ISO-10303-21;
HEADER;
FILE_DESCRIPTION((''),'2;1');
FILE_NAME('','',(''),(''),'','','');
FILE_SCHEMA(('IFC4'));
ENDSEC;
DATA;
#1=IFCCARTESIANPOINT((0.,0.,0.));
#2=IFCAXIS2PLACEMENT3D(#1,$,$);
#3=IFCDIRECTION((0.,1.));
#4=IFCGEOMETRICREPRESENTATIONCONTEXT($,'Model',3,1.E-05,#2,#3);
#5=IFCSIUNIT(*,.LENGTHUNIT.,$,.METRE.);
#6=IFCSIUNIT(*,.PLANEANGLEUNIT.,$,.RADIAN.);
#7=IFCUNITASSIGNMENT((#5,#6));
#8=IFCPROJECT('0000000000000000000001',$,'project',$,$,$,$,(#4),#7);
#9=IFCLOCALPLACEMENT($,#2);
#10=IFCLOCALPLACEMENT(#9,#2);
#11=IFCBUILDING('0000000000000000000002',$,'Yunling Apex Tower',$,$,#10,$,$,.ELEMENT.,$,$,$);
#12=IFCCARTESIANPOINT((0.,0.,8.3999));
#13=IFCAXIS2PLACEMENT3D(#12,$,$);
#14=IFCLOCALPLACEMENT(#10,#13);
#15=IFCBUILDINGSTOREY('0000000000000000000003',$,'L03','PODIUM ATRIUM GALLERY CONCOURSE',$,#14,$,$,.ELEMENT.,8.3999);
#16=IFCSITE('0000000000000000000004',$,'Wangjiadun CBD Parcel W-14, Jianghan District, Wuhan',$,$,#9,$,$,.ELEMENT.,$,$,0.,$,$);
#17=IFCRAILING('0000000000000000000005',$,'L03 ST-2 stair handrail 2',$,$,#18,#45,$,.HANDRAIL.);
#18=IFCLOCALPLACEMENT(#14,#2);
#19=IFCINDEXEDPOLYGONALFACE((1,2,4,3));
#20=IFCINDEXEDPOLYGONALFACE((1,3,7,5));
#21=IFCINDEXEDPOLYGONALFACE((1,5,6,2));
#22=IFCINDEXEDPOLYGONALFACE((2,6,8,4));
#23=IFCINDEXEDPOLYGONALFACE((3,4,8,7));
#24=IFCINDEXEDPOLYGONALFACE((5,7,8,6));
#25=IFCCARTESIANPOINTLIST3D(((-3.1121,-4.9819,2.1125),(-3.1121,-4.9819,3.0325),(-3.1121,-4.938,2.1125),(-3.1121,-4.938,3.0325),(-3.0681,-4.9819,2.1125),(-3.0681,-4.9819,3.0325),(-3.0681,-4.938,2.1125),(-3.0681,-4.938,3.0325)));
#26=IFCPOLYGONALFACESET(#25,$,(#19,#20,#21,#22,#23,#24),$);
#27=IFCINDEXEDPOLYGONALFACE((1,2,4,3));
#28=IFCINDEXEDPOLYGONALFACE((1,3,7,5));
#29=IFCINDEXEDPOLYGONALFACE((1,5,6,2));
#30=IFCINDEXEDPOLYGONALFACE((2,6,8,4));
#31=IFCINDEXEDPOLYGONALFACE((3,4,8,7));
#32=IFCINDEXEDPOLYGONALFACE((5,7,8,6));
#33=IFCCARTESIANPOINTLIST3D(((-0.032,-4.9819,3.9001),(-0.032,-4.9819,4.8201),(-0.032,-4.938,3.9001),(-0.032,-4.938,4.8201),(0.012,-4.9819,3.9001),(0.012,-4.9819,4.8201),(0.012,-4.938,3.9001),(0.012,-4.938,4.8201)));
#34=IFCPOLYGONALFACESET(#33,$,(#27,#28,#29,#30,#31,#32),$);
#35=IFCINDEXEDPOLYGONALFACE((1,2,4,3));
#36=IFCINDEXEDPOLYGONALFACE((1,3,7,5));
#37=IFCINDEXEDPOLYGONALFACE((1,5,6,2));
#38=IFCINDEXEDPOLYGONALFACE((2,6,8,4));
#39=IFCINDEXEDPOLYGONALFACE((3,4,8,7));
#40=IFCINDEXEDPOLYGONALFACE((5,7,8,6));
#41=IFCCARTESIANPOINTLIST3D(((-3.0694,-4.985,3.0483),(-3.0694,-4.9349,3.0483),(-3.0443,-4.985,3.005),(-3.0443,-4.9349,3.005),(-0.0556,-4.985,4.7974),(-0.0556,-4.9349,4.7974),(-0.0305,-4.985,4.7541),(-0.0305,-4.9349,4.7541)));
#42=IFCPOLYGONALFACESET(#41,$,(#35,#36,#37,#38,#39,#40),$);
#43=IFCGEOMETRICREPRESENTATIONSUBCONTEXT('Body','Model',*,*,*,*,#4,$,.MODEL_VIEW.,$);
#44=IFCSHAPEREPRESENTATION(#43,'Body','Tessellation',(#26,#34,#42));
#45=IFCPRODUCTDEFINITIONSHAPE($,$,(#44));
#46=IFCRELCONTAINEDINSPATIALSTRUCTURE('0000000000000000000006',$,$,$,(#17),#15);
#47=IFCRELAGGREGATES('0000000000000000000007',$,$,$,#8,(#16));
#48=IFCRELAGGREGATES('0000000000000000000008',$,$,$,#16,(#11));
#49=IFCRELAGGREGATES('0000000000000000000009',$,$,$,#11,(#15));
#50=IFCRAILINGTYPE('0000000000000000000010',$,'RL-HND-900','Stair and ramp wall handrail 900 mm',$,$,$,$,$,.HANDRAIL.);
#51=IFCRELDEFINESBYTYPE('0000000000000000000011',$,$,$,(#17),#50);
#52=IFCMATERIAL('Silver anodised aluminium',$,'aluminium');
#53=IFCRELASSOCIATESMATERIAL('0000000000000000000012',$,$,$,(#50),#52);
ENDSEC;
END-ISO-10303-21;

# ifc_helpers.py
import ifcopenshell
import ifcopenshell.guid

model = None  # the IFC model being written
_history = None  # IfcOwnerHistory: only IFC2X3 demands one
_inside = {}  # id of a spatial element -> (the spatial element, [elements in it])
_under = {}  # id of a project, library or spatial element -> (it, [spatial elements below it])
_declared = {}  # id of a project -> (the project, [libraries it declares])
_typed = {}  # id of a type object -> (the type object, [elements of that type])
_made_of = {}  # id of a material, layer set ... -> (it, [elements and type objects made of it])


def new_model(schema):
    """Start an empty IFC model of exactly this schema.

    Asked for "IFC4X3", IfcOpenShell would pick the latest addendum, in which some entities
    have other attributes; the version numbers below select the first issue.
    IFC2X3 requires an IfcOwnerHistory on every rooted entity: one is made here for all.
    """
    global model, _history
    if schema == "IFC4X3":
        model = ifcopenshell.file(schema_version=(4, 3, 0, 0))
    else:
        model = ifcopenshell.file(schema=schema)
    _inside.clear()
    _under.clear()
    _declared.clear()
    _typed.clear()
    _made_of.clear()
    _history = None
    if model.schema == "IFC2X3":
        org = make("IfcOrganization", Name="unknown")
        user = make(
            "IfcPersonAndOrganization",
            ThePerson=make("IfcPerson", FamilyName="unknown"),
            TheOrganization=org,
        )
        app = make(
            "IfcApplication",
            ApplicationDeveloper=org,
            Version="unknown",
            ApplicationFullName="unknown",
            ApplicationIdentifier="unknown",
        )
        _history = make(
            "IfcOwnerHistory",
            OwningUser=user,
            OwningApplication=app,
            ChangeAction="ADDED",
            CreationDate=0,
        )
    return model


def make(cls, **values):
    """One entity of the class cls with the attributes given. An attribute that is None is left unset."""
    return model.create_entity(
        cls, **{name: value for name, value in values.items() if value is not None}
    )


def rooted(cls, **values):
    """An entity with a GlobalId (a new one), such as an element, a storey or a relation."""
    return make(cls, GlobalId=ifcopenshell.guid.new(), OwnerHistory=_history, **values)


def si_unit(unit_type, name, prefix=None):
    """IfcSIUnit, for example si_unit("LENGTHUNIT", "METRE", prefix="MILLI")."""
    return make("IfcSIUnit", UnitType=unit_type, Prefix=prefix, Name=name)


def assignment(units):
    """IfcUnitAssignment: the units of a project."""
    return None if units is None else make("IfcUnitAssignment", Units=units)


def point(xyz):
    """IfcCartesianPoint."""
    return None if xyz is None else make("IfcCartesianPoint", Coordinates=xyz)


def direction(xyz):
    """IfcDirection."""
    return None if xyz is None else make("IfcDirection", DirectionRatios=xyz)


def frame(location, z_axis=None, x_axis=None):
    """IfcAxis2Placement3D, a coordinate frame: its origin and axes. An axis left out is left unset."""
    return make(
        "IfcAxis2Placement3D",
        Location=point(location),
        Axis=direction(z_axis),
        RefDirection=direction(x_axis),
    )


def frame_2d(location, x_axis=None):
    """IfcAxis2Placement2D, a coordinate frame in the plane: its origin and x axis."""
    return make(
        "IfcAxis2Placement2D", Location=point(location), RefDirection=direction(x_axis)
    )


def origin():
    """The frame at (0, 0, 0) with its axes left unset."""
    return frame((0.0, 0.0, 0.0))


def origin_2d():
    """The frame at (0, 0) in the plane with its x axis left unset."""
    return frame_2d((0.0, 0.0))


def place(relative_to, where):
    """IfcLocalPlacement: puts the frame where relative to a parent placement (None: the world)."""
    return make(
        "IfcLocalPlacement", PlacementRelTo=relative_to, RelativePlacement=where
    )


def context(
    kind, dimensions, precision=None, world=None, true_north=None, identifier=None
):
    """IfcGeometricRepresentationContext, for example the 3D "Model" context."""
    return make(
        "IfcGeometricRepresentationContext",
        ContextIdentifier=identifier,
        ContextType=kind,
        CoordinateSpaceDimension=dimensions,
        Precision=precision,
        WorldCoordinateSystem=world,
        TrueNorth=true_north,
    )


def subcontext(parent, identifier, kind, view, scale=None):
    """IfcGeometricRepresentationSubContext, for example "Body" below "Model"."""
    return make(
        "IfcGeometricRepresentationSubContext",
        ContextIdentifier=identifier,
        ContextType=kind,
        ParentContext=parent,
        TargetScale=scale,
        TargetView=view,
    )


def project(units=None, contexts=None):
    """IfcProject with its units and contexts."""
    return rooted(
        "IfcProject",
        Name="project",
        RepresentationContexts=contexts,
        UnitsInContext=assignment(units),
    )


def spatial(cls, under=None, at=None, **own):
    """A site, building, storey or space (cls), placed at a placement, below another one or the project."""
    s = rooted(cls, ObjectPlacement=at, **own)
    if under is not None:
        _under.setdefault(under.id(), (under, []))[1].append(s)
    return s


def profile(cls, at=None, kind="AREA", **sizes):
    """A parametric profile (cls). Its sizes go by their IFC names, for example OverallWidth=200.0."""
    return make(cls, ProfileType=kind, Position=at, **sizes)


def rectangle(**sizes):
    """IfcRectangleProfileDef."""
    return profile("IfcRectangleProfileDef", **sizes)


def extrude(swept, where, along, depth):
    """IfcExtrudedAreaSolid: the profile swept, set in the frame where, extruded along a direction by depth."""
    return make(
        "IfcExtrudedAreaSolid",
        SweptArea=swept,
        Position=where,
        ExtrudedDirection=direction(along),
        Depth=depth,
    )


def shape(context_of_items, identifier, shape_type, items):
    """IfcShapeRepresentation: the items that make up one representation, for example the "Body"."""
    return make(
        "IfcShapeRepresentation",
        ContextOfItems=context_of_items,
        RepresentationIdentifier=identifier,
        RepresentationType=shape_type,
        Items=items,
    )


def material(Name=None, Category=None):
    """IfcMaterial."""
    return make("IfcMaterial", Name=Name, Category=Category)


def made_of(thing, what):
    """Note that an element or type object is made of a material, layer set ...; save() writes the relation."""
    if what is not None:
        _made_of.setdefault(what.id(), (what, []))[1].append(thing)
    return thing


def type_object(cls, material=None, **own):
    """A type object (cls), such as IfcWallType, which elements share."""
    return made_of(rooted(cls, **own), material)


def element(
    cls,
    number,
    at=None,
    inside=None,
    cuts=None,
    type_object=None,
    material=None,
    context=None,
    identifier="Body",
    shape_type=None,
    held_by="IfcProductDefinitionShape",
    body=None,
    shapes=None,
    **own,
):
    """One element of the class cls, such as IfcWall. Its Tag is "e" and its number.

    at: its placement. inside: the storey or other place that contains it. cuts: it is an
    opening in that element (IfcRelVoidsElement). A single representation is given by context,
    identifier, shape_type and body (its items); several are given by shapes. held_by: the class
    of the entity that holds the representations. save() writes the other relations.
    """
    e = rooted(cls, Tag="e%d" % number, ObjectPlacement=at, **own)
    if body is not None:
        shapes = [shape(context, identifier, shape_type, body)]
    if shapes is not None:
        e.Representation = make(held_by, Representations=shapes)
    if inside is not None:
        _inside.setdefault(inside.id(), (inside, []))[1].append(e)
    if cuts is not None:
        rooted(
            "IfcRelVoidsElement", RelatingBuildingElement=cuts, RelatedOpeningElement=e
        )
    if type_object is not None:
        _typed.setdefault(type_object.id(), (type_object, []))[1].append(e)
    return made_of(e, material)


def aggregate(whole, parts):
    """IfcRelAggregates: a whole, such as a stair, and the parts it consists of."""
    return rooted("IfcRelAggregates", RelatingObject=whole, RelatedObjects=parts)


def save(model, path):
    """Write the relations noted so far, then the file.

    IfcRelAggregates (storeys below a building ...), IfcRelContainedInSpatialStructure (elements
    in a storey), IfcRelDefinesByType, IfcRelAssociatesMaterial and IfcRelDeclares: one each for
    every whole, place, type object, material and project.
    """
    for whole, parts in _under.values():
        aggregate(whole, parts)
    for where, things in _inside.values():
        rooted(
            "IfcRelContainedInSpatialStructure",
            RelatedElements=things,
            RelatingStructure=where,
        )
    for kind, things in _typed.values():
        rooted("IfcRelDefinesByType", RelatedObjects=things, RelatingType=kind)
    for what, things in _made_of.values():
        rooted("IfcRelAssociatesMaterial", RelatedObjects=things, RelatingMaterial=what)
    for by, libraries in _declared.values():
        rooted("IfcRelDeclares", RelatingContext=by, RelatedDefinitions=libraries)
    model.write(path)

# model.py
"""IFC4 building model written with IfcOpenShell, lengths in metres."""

from ifc_helpers import new_model, si_unit, direction, frame, origin, origin_2d, place, context, subcontext, project, spatial, rectangle, extrude, material, type_object, element, save


model = new_model("IFC4")

# Units and contexts
model_context = context("Model", 3, precision=1e-05, world=origin(), true_north=direction((0.0, 1.0)))
body_context = subcontext(model_context, "Body", "Model", "MODEL_VIEW")
ifc_project = project(units=[si_unit("LENGTHUNIT", "METRE"), si_unit("PLANEANGLEUNIT", "RADIAN")], contexts=[model_context])

# Site, building, storey
site_placement = place(None, origin())
site = spatial("IfcSite", under=ifc_project, at=site_placement, Name="Wangjiadun CBD Parcel W-14, Jianghan District, Wuhan", CompositionType="ELEMENT", RefElevation=0.0)
building_placement = place(site_placement, origin())
building = spatial("IfcBuilding", under=site, at=building_placement, Name="Yunling Apex Tower", CompositionType="ELEMENT")
storey_placement = place(building_placement, frame((0.0, 0.0, 8.3999)))
storey = spatial("IfcBuildingStorey", under=building, at=storey_placement, Name="L03", Description="PODIUM ATRIUM GALLERY CONCOURSE", CompositionType="ELEMENT", Elevation=8.3999)

# Railing
ifc_material_1 = material(Name="Silver anodised aluminium", Category="aluminium")
railing_type_1 = type_object("IfcRailingType", Name="RL-HND-900", Description="Stair and ramp wall handrail 900 mm", PredefinedType="HANDRAIL", material=ifc_material_1)
railing_1_placement = place(storey_placement, frame((-3.0901, -4.96, 2.1125)))
element("IfcRailing", 1, at=railing_1_placement, inside=storey, type_object=railing_type_1, Name="L03 ST-2 stair handrail 2", PredefinedType="HANDRAIL", context=body_context, shape_type="SweptSolid", body=[
    extrude(rectangle(XDim=0.0439, YDim=0.0439, at=origin_2d()), origin(), (0.0, 0.0, 1.0), 0.9199),
    extrude(rectangle(XDim=0.0439, YDim=0.0439, at=origin_2d()), frame((3.0801, 0.0, 1.7876)), (0.0, 0.0, 1.0), 0.9199),
    extrude(rectangle(XDim=0.05, YDim=0.05, at=origin_2d()), frame((0.0332, 0.0, 0.9141), z_axis=(0.864891, 0.0, 0.50196), x_axis=(0.0, 1.0, 0.0)), (0.0, 0.0, 1.0), 3.4846),
])

save(model, "model.ifc")
